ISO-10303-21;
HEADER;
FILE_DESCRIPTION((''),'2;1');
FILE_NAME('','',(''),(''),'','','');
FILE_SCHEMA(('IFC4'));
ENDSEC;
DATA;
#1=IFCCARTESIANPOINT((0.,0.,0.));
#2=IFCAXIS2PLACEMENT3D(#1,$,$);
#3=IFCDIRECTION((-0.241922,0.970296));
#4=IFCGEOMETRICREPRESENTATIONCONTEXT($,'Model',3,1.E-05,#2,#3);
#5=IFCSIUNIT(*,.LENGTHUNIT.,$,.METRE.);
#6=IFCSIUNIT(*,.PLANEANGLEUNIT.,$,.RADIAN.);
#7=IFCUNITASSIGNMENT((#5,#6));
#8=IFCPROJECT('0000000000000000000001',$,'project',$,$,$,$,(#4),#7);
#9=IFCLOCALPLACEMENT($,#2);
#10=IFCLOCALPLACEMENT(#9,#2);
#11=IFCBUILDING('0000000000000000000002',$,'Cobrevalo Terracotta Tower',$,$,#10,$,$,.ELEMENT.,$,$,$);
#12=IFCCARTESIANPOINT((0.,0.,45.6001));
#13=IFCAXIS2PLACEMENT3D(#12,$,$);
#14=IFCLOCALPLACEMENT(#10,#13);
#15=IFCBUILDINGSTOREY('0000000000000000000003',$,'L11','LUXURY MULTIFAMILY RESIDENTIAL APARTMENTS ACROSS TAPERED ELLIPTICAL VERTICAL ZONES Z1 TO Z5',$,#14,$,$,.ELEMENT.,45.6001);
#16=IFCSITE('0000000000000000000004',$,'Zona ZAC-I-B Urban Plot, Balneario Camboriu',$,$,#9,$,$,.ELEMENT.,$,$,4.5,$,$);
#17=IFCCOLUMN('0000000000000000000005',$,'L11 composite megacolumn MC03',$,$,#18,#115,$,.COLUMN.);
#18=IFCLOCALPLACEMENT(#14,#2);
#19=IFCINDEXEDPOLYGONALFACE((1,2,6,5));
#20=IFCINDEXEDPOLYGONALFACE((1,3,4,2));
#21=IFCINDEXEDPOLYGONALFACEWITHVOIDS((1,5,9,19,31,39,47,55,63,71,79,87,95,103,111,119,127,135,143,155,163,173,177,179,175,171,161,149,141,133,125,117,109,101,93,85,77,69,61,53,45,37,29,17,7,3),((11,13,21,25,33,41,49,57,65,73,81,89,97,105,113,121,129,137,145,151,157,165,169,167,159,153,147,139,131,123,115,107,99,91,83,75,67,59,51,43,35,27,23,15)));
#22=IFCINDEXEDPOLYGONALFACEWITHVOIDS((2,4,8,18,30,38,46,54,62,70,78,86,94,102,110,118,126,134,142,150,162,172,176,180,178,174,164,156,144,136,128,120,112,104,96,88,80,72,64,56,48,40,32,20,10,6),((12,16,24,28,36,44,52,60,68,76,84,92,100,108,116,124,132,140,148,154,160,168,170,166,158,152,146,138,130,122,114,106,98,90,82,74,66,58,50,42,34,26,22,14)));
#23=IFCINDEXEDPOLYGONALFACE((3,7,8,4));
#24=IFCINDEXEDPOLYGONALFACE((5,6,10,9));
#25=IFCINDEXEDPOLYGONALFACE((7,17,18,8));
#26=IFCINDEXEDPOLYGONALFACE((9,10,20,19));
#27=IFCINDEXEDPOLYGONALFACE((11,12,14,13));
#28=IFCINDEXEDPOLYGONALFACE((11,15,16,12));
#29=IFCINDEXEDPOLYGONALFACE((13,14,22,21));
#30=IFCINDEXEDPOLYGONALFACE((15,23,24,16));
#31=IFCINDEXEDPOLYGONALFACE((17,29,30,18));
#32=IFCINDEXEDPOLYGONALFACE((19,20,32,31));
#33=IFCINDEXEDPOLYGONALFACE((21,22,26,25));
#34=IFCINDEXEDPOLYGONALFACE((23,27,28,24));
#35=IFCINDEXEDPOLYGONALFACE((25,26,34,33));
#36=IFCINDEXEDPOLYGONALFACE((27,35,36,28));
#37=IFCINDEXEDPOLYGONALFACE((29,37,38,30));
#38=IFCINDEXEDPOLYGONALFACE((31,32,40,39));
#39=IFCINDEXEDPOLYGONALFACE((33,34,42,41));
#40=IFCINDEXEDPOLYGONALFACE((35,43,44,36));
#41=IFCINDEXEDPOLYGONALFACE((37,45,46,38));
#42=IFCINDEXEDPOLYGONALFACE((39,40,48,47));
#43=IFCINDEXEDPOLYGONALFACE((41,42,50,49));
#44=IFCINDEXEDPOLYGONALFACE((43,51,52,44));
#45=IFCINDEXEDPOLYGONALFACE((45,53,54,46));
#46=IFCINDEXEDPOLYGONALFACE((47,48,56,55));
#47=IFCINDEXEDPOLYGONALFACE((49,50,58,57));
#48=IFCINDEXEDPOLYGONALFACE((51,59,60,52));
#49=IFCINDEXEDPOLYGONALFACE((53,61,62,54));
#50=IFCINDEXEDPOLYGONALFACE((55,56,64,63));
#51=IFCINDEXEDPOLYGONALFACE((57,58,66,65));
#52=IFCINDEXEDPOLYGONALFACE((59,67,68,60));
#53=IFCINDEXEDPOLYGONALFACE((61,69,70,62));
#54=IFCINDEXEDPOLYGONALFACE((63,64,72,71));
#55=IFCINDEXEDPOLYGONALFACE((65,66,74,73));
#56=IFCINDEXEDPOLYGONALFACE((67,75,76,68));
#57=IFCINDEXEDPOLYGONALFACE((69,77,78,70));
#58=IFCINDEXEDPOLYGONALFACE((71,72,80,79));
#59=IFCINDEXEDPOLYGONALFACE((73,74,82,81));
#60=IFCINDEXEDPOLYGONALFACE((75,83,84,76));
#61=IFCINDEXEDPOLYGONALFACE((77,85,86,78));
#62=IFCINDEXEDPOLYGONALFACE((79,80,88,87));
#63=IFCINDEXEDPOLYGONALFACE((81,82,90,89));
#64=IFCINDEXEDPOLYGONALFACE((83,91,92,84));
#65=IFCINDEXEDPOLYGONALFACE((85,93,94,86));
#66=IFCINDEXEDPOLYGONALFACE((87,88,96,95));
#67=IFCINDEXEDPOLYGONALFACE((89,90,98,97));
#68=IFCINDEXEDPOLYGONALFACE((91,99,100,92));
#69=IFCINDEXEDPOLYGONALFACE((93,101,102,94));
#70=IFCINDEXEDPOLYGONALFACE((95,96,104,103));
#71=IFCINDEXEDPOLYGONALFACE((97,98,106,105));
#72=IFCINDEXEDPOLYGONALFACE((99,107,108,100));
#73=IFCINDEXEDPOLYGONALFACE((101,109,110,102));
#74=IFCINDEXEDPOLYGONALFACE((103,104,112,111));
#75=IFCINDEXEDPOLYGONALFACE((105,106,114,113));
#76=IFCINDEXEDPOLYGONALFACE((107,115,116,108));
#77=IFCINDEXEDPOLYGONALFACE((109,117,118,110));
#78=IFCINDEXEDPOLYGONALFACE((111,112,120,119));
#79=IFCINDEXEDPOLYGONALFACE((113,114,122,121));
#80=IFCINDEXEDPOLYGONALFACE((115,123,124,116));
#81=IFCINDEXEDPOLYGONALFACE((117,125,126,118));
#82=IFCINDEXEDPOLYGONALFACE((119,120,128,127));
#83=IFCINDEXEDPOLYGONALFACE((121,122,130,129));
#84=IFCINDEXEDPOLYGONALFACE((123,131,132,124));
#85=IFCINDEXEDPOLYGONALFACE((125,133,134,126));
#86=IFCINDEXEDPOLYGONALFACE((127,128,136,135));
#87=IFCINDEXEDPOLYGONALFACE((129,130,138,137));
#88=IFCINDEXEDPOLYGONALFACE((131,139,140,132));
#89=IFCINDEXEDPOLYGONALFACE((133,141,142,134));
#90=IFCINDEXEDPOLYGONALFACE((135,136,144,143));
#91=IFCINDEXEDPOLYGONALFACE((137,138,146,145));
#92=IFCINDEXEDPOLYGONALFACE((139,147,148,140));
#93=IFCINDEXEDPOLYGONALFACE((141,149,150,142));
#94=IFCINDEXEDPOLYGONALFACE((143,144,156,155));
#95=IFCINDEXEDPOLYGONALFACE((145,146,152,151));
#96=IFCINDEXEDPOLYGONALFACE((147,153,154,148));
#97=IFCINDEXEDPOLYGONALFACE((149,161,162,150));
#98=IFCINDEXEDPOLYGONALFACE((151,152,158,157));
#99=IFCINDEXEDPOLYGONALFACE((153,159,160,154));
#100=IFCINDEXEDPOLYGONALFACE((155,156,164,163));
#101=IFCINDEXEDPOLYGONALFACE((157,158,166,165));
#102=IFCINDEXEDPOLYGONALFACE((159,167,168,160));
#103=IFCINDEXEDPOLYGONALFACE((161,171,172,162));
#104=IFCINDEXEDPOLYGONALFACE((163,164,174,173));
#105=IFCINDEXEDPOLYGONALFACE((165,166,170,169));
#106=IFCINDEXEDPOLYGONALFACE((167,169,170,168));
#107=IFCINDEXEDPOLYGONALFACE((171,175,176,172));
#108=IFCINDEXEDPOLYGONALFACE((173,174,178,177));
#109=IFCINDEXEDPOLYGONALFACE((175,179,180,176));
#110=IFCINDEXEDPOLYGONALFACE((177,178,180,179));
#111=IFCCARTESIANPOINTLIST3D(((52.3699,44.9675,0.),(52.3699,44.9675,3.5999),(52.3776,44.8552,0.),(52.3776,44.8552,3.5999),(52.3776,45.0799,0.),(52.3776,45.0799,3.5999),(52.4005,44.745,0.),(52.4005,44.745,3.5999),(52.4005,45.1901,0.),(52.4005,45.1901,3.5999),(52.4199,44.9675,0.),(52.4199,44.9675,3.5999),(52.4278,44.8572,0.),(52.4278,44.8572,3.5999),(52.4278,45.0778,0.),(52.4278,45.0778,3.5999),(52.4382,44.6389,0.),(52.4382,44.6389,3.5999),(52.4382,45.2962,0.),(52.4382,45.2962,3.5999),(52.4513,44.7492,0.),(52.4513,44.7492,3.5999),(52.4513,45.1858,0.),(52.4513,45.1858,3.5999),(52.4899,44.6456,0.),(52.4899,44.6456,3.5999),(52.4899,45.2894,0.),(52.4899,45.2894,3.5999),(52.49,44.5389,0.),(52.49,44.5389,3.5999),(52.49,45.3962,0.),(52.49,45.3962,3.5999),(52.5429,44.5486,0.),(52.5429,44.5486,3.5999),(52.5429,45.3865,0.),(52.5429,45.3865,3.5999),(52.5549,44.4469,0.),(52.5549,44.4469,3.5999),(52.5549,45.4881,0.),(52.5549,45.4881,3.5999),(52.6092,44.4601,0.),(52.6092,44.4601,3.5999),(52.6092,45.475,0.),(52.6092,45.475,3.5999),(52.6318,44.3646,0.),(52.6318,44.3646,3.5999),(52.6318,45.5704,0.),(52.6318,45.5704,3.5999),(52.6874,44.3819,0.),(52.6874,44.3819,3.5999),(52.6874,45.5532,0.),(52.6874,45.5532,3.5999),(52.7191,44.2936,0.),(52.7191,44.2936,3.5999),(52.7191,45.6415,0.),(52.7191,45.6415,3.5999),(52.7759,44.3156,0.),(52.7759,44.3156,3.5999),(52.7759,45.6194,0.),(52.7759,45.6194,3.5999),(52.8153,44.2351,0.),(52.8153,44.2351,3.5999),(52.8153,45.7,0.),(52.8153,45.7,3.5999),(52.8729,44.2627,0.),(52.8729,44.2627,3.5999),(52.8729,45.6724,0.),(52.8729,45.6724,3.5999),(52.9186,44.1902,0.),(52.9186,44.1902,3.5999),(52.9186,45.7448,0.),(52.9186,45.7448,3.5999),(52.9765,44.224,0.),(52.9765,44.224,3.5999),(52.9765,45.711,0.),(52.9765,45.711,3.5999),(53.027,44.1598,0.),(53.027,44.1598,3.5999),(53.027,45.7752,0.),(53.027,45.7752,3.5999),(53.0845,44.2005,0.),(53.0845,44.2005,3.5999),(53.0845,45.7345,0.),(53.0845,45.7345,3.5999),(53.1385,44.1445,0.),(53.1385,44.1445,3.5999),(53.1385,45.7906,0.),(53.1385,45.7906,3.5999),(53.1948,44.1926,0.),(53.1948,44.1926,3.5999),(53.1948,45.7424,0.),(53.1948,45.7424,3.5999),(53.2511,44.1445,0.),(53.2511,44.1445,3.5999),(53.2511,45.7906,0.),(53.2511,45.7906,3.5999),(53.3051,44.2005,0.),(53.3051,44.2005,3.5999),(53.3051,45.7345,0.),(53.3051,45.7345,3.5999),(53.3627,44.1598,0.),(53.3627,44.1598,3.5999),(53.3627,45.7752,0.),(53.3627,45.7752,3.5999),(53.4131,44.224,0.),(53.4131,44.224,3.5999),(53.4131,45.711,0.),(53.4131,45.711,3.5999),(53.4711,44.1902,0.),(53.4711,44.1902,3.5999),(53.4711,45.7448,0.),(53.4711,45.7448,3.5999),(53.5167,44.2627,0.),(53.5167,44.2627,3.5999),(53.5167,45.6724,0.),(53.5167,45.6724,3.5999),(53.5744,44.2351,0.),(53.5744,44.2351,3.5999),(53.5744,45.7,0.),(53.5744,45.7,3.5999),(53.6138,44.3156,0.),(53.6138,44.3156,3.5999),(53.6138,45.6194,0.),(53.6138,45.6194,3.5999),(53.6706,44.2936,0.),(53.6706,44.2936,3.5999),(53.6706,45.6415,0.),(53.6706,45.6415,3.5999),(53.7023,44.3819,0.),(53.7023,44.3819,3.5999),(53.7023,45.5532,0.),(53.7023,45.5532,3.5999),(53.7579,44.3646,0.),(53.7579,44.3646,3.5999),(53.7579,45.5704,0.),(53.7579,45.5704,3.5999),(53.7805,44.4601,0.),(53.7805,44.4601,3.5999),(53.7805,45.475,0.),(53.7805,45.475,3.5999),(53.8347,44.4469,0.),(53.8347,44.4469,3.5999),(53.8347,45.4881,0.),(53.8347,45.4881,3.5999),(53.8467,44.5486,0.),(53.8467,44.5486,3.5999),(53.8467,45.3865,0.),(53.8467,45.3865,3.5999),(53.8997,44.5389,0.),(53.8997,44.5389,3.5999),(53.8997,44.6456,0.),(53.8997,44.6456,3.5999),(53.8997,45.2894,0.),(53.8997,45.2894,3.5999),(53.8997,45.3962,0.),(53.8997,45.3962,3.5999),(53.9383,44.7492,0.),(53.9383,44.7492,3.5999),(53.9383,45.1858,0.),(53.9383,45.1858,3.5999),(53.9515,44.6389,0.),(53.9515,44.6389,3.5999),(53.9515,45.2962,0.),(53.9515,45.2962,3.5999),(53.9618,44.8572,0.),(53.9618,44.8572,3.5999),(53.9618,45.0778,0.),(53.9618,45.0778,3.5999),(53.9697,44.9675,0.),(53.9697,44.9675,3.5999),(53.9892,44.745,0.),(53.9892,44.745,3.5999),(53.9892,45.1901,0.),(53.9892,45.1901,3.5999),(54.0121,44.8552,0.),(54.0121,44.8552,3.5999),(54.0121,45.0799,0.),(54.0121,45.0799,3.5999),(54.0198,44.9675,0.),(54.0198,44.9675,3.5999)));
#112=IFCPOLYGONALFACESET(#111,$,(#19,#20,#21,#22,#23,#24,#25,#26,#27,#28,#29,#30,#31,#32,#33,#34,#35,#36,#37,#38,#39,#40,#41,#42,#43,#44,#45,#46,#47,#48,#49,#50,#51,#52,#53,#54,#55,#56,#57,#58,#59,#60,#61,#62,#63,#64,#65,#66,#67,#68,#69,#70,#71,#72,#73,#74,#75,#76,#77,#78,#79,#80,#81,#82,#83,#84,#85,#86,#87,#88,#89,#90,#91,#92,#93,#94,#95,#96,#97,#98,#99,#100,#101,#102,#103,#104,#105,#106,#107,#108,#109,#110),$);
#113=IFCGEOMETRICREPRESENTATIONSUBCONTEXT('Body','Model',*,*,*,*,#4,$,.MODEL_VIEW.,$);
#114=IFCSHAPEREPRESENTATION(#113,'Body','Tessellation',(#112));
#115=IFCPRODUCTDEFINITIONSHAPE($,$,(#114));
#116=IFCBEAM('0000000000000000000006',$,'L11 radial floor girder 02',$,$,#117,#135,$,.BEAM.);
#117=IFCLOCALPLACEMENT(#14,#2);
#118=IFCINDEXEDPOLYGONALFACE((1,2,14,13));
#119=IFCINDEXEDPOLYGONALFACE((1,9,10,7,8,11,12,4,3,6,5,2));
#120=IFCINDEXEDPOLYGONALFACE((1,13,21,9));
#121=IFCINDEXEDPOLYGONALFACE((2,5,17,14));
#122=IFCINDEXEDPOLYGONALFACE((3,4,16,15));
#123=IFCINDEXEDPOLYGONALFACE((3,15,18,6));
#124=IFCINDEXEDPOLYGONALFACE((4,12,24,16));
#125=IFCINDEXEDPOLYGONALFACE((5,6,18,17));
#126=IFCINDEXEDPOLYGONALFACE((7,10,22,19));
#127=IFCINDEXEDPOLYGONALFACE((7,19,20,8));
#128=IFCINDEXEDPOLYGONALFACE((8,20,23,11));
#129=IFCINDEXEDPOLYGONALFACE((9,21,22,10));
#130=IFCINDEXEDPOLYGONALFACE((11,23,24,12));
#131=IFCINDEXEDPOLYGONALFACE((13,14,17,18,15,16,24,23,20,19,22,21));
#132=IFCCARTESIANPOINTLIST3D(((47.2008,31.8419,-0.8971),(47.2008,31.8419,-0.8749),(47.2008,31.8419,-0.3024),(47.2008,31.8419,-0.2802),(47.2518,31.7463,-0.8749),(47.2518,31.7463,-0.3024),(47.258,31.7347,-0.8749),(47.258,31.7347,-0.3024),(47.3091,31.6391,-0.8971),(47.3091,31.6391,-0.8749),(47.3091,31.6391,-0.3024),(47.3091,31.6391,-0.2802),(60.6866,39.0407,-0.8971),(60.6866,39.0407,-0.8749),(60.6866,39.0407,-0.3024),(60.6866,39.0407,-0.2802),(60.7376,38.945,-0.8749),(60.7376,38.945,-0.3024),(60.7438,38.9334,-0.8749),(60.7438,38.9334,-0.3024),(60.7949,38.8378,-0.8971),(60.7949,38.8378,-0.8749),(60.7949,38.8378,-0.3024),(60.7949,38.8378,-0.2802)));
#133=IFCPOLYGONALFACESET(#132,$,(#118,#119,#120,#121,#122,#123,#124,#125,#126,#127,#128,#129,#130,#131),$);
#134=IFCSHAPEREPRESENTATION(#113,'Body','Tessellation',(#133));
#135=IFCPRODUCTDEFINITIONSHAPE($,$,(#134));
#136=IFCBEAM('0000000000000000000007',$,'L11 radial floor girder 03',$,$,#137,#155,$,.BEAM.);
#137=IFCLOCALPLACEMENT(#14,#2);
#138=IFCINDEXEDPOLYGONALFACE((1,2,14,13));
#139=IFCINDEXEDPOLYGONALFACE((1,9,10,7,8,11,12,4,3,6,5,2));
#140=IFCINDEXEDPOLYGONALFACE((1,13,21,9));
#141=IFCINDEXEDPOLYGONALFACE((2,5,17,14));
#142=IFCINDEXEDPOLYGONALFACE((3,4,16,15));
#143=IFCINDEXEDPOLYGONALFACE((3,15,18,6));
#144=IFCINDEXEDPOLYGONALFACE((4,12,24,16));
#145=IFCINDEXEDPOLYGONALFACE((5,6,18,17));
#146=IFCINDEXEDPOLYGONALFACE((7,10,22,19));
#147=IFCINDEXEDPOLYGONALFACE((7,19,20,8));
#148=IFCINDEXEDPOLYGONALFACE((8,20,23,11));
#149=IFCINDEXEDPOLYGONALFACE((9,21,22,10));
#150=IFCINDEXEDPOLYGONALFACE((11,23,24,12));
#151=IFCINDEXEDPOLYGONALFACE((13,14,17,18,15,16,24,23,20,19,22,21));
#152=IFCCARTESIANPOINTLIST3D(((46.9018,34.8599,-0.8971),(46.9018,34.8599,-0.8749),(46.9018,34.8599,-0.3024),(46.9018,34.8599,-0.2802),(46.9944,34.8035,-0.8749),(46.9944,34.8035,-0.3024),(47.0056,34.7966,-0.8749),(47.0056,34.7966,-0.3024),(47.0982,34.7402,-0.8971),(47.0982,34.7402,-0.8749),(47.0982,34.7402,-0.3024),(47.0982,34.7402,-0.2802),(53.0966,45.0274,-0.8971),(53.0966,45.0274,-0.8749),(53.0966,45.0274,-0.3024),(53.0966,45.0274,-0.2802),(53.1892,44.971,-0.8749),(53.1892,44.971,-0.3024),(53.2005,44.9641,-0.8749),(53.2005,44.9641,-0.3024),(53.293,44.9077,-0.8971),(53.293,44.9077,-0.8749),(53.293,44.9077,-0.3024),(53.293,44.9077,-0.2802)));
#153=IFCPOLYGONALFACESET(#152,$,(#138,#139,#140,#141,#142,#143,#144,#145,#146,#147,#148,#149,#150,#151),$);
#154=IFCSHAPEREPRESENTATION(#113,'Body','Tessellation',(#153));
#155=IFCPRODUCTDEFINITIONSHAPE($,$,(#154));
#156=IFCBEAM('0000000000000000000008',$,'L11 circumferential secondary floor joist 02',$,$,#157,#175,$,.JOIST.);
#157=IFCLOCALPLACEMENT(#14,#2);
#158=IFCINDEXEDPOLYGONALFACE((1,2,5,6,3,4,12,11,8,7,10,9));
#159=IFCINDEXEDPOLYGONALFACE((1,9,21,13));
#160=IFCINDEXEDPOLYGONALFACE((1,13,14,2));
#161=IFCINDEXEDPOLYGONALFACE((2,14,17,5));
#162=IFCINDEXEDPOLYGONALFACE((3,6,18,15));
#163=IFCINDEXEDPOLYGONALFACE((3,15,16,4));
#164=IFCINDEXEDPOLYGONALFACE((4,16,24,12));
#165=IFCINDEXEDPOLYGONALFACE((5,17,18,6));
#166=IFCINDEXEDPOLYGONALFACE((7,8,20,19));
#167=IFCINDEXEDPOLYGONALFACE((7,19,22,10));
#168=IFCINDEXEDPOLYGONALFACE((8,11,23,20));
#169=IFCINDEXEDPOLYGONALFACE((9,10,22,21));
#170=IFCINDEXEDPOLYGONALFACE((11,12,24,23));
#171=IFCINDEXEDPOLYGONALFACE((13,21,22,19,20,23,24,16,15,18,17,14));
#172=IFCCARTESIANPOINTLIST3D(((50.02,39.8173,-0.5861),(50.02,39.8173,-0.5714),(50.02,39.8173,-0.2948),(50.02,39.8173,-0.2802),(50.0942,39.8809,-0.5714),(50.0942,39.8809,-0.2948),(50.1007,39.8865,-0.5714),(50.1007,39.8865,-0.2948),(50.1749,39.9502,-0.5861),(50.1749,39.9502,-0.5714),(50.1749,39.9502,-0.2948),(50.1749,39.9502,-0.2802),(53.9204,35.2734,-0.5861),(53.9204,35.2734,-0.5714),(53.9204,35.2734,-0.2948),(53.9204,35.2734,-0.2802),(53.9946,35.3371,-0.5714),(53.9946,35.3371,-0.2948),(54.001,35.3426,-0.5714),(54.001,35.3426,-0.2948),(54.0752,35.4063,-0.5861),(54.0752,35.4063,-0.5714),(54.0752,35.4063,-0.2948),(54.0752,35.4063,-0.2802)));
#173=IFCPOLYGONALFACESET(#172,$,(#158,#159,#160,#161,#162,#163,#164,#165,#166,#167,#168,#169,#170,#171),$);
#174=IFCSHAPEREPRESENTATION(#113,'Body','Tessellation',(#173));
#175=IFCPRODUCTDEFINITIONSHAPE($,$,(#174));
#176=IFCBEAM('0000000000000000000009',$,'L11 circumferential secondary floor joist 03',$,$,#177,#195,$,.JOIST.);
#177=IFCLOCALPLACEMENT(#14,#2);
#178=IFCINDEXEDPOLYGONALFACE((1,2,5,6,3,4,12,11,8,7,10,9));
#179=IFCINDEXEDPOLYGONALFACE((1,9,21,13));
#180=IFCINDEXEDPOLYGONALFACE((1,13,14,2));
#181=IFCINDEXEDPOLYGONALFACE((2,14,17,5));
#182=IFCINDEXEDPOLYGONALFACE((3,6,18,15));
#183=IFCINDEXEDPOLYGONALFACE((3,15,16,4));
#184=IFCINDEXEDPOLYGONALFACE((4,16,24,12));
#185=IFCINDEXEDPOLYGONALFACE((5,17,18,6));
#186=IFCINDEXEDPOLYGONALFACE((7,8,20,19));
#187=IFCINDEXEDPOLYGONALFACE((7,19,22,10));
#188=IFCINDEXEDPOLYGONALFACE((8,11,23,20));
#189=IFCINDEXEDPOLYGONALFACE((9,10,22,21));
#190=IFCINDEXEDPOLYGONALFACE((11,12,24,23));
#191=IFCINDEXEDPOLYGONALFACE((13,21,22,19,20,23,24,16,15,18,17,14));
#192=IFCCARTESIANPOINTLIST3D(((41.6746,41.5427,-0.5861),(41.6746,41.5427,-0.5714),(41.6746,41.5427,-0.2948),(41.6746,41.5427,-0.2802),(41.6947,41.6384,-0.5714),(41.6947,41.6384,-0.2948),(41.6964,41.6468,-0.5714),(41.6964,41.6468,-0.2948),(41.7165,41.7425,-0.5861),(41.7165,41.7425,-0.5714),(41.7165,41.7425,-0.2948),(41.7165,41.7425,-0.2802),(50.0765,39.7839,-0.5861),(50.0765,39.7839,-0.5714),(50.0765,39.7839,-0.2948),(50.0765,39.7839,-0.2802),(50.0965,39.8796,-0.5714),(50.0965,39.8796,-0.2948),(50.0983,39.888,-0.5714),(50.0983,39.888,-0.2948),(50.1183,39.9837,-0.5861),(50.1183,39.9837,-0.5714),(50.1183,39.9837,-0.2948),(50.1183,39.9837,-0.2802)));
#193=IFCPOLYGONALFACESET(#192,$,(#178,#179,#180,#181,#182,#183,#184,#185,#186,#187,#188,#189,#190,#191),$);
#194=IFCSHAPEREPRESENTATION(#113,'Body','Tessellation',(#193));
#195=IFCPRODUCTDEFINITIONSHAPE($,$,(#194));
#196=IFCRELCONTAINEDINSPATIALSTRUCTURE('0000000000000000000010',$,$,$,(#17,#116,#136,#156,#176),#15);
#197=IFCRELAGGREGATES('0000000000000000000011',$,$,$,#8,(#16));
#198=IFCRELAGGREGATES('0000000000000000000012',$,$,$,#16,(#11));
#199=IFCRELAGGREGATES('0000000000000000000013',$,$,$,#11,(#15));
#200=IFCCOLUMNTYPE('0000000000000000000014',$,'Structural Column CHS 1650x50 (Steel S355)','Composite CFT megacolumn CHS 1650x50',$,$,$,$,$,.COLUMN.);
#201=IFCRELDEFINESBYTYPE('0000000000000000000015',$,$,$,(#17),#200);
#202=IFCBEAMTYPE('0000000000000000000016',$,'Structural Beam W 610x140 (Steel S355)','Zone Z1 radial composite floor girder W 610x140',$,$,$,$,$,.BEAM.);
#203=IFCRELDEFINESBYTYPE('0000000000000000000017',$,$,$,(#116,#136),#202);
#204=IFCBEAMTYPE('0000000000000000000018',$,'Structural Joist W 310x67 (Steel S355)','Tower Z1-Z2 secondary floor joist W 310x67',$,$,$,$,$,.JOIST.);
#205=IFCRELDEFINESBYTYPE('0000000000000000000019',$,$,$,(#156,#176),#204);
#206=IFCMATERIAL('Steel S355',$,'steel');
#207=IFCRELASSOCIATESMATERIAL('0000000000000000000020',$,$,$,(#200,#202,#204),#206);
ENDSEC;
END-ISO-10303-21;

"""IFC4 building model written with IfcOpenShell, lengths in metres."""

from ifc_helpers import new_model, si_unit, direction, frame, origin, origin_2d, place, context, subcontext, project, spatial, hollow_circle, i_section, extrude, material, material_profile, profile_set, type_object, element, save


model = new_model("IFC4")

# Units and contexts
model_context = context("Model", 3, precision=1e-05, world=origin(), true_north=direction((-0.241922, 0.970296)))
body_context = subcontext(model_context, "Body", "Model", "MODEL_VIEW")
ifc_project = project(units=[si_unit("LENGTHUNIT", "METRE"), si_unit("PLANEANGLEUNIT", "RADIAN")], contexts=[model_context])

# Site, building, storey
site_placement = place(None, origin())
site = spatial("IfcSite", under=ifc_project, at=site_placement, Name="Zona ZAC-I-B Urban Plot, Balneario Camboriu", CompositionType="ELEMENT", RefElevation=4.5)
building_placement = place(site_placement, origin())
building = spatial("IfcBuilding", under=site, at=building_placement, Name="Cobrevalo Terracotta Tower", CompositionType="ELEMENT")
storey_placement = place(building_placement, frame((0.0, 0.0, 45.6001)))
storey = spatial("IfcBuildingStorey", under=building, at=storey_placement, Name="L11", Description="LUXURY MULTIFAMILY RESIDENTIAL APARTMENTS ACROSS TAPERED ELLIPTICAL VERTICAL ZONES Z1 TO Z5", CompositionType="ELEMENT", Elevation=45.6001)

# Column
ifc_material_1 = material(Name="Steel S355", Category="steel")
ifc_material_profile_1 = material_profile(ifc_material_1, hollow_circle(Radius=0.825, WallThickness=0.05, at=origin_2d()), Name="CHS 1650x50")
ifc_profile_set_1 = profile_set([ifc_material_profile_1], Name="Steel S355")
column_type = type_object("IfcColumnType", Name="Structural Column CHS 1650x50 (Steel S355)", Description="Composite CFT megacolumn CHS 1650x50", PredefinedType="COLUMN", material=ifc_profile_set_1)
for number, where, z_axis, x_axis, name in (
    (1, (53.1948, 44.9675, 0.0), (0.0, 0.0, 1.0), (1.0, 0.0, 0.0), "L11 composite megacolumn MC03"),
):
    element("IfcColumn", number, at=place(storey_placement, frame(where, z_axis=z_axis, x_axis=x_axis)), inside=storey, type_object=column_type, Name=name, PredefinedType="COLUMN", context=body_context, shape_type="SweptSolid", body=[
        extrude(hollow_circle(Radius=0.825, WallThickness=0.05, at=origin_2d()), origin(), (0.0, 0.0, 1.0), 3.5999),
    ])

# Beams
ifc_material_profile_2 = material_profile(ifc_material_1, i_section(OverallWidth=0.23, OverallDepth=0.6169, WebThickness=0.0132, FlangeThickness=0.0222, at=origin_2d()), Name="W 610x140")
ifc_profile_set_2 = profile_set([ifc_material_profile_2], Name="Steel S355")
beam_type_1 = type_object("IfcBeamType", Name="Structural Beam W 610x140 (Steel S355)", Description="Zone Z1 radial composite floor girder W 610x140", PredefinedType="BEAM", material=ifc_profile_set_2)
beam_1_placement = place(storey_placement, frame((60.7407, 38.9392, -0.5886), z_axis=(-0.882182, -0.470908, 0.0), x_axis=(0.470908, -0.882182, 0.0)))
element("IfcBeam", 2, at=beam_1_placement, inside=storey, type_object=beam_type_1, Name="L11 radial floor girder 02", PredefinedType="BEAM", context=body_context, shape_type="SweptSolid", body=[
    extrude(i_section(OverallWidth=0.23, OverallDepth=0.6169, WebThickness=0.0132, FlangeThickness=0.0222, at=origin_2d()), origin(), (0.0, 0.0, 1.0), 15.2869),
])
beam_2_placement = place(storey_placement, frame((53.1948, 44.9675, -0.5886), z_axis=(-0.52031, -0.853978, 0.0), x_axis=(0.853978, -0.52031, 0.0)))
element("IfcBeam", 3, at=beam_2_placement, inside=storey, type_object=beam_type_1, Name="L11 radial floor girder 03", PredefinedType="BEAM", context=body_context, shape_type="SweptSolid", body=[
    extrude(i_section(OverallWidth=0.23, OverallDepth=0.6169, WebThickness=0.0132, FlangeThickness=0.0222, at=origin_2d()), origin(), (0.0, 0.0, 1.0), 11.906),
])
ifc_material_profile_3 = material_profile(ifc_material_1, i_section(OverallWidth=0.2041, OverallDepth=0.3059, WebThickness=0.0085, FlangeThickness=0.0146, at=origin_2d()), Name="W 310x67")
ifc_profile_set_3 = profile_set([ifc_material_profile_3], Name="Steel S355")
beam_type_2 = type_object("IfcBeamType", Name="Structural Joist W 310x67 (Steel S355)", Description="Tower Z1-Z2 secondary floor joist W 310x67", PredefinedType="JOIST", material=ifc_profile_set_3)
beam_3_placement = place(storey_placement, frame((53.9978, 35.3398, -0.4331), z_axis=(-0.651328, 0.758796, 0.0), x_axis=(-0.758796, -0.651328, 0.0)))
element("IfcBeam", 4, at=beam_3_placement, inside=storey, type_object=beam_type_2, Name="L11 circumferential secondary floor joist 02", PredefinedType="JOIST", context=body_context, shape_type="SweptSolid", body=[
    extrude(i_section(OverallWidth=0.2041, OverallDepth=0.3059, WebThickness=0.0085, FlangeThickness=0.0146, at=origin_2d()), origin(), (0.0, 0.0, 1.0), 5.9883),
])
beam_4_placement = place(storey_placement, frame((50.0974, 39.8838, -0.4331), z_axis=(-0.978785, 0.204892, 0.0), x_axis=(-0.204892, -0.978785, 0.0)))
element("IfcBeam", 5, at=beam_4_placement, inside=storey, type_object=beam_type_2, Name="L11 circumferential secondary floor joist 03", PredefinedType="JOIST", context=body_context, shape_type="SweptSolid", body=[
    extrude(i_section(OverallWidth=0.2041, OverallDepth=0.3059, WebThickness=0.0085, FlangeThickness=0.0146, at=origin_2d()), origin(), (0.0, 0.0, 1.0), 8.584),
])

save(model, "model.ifc")
